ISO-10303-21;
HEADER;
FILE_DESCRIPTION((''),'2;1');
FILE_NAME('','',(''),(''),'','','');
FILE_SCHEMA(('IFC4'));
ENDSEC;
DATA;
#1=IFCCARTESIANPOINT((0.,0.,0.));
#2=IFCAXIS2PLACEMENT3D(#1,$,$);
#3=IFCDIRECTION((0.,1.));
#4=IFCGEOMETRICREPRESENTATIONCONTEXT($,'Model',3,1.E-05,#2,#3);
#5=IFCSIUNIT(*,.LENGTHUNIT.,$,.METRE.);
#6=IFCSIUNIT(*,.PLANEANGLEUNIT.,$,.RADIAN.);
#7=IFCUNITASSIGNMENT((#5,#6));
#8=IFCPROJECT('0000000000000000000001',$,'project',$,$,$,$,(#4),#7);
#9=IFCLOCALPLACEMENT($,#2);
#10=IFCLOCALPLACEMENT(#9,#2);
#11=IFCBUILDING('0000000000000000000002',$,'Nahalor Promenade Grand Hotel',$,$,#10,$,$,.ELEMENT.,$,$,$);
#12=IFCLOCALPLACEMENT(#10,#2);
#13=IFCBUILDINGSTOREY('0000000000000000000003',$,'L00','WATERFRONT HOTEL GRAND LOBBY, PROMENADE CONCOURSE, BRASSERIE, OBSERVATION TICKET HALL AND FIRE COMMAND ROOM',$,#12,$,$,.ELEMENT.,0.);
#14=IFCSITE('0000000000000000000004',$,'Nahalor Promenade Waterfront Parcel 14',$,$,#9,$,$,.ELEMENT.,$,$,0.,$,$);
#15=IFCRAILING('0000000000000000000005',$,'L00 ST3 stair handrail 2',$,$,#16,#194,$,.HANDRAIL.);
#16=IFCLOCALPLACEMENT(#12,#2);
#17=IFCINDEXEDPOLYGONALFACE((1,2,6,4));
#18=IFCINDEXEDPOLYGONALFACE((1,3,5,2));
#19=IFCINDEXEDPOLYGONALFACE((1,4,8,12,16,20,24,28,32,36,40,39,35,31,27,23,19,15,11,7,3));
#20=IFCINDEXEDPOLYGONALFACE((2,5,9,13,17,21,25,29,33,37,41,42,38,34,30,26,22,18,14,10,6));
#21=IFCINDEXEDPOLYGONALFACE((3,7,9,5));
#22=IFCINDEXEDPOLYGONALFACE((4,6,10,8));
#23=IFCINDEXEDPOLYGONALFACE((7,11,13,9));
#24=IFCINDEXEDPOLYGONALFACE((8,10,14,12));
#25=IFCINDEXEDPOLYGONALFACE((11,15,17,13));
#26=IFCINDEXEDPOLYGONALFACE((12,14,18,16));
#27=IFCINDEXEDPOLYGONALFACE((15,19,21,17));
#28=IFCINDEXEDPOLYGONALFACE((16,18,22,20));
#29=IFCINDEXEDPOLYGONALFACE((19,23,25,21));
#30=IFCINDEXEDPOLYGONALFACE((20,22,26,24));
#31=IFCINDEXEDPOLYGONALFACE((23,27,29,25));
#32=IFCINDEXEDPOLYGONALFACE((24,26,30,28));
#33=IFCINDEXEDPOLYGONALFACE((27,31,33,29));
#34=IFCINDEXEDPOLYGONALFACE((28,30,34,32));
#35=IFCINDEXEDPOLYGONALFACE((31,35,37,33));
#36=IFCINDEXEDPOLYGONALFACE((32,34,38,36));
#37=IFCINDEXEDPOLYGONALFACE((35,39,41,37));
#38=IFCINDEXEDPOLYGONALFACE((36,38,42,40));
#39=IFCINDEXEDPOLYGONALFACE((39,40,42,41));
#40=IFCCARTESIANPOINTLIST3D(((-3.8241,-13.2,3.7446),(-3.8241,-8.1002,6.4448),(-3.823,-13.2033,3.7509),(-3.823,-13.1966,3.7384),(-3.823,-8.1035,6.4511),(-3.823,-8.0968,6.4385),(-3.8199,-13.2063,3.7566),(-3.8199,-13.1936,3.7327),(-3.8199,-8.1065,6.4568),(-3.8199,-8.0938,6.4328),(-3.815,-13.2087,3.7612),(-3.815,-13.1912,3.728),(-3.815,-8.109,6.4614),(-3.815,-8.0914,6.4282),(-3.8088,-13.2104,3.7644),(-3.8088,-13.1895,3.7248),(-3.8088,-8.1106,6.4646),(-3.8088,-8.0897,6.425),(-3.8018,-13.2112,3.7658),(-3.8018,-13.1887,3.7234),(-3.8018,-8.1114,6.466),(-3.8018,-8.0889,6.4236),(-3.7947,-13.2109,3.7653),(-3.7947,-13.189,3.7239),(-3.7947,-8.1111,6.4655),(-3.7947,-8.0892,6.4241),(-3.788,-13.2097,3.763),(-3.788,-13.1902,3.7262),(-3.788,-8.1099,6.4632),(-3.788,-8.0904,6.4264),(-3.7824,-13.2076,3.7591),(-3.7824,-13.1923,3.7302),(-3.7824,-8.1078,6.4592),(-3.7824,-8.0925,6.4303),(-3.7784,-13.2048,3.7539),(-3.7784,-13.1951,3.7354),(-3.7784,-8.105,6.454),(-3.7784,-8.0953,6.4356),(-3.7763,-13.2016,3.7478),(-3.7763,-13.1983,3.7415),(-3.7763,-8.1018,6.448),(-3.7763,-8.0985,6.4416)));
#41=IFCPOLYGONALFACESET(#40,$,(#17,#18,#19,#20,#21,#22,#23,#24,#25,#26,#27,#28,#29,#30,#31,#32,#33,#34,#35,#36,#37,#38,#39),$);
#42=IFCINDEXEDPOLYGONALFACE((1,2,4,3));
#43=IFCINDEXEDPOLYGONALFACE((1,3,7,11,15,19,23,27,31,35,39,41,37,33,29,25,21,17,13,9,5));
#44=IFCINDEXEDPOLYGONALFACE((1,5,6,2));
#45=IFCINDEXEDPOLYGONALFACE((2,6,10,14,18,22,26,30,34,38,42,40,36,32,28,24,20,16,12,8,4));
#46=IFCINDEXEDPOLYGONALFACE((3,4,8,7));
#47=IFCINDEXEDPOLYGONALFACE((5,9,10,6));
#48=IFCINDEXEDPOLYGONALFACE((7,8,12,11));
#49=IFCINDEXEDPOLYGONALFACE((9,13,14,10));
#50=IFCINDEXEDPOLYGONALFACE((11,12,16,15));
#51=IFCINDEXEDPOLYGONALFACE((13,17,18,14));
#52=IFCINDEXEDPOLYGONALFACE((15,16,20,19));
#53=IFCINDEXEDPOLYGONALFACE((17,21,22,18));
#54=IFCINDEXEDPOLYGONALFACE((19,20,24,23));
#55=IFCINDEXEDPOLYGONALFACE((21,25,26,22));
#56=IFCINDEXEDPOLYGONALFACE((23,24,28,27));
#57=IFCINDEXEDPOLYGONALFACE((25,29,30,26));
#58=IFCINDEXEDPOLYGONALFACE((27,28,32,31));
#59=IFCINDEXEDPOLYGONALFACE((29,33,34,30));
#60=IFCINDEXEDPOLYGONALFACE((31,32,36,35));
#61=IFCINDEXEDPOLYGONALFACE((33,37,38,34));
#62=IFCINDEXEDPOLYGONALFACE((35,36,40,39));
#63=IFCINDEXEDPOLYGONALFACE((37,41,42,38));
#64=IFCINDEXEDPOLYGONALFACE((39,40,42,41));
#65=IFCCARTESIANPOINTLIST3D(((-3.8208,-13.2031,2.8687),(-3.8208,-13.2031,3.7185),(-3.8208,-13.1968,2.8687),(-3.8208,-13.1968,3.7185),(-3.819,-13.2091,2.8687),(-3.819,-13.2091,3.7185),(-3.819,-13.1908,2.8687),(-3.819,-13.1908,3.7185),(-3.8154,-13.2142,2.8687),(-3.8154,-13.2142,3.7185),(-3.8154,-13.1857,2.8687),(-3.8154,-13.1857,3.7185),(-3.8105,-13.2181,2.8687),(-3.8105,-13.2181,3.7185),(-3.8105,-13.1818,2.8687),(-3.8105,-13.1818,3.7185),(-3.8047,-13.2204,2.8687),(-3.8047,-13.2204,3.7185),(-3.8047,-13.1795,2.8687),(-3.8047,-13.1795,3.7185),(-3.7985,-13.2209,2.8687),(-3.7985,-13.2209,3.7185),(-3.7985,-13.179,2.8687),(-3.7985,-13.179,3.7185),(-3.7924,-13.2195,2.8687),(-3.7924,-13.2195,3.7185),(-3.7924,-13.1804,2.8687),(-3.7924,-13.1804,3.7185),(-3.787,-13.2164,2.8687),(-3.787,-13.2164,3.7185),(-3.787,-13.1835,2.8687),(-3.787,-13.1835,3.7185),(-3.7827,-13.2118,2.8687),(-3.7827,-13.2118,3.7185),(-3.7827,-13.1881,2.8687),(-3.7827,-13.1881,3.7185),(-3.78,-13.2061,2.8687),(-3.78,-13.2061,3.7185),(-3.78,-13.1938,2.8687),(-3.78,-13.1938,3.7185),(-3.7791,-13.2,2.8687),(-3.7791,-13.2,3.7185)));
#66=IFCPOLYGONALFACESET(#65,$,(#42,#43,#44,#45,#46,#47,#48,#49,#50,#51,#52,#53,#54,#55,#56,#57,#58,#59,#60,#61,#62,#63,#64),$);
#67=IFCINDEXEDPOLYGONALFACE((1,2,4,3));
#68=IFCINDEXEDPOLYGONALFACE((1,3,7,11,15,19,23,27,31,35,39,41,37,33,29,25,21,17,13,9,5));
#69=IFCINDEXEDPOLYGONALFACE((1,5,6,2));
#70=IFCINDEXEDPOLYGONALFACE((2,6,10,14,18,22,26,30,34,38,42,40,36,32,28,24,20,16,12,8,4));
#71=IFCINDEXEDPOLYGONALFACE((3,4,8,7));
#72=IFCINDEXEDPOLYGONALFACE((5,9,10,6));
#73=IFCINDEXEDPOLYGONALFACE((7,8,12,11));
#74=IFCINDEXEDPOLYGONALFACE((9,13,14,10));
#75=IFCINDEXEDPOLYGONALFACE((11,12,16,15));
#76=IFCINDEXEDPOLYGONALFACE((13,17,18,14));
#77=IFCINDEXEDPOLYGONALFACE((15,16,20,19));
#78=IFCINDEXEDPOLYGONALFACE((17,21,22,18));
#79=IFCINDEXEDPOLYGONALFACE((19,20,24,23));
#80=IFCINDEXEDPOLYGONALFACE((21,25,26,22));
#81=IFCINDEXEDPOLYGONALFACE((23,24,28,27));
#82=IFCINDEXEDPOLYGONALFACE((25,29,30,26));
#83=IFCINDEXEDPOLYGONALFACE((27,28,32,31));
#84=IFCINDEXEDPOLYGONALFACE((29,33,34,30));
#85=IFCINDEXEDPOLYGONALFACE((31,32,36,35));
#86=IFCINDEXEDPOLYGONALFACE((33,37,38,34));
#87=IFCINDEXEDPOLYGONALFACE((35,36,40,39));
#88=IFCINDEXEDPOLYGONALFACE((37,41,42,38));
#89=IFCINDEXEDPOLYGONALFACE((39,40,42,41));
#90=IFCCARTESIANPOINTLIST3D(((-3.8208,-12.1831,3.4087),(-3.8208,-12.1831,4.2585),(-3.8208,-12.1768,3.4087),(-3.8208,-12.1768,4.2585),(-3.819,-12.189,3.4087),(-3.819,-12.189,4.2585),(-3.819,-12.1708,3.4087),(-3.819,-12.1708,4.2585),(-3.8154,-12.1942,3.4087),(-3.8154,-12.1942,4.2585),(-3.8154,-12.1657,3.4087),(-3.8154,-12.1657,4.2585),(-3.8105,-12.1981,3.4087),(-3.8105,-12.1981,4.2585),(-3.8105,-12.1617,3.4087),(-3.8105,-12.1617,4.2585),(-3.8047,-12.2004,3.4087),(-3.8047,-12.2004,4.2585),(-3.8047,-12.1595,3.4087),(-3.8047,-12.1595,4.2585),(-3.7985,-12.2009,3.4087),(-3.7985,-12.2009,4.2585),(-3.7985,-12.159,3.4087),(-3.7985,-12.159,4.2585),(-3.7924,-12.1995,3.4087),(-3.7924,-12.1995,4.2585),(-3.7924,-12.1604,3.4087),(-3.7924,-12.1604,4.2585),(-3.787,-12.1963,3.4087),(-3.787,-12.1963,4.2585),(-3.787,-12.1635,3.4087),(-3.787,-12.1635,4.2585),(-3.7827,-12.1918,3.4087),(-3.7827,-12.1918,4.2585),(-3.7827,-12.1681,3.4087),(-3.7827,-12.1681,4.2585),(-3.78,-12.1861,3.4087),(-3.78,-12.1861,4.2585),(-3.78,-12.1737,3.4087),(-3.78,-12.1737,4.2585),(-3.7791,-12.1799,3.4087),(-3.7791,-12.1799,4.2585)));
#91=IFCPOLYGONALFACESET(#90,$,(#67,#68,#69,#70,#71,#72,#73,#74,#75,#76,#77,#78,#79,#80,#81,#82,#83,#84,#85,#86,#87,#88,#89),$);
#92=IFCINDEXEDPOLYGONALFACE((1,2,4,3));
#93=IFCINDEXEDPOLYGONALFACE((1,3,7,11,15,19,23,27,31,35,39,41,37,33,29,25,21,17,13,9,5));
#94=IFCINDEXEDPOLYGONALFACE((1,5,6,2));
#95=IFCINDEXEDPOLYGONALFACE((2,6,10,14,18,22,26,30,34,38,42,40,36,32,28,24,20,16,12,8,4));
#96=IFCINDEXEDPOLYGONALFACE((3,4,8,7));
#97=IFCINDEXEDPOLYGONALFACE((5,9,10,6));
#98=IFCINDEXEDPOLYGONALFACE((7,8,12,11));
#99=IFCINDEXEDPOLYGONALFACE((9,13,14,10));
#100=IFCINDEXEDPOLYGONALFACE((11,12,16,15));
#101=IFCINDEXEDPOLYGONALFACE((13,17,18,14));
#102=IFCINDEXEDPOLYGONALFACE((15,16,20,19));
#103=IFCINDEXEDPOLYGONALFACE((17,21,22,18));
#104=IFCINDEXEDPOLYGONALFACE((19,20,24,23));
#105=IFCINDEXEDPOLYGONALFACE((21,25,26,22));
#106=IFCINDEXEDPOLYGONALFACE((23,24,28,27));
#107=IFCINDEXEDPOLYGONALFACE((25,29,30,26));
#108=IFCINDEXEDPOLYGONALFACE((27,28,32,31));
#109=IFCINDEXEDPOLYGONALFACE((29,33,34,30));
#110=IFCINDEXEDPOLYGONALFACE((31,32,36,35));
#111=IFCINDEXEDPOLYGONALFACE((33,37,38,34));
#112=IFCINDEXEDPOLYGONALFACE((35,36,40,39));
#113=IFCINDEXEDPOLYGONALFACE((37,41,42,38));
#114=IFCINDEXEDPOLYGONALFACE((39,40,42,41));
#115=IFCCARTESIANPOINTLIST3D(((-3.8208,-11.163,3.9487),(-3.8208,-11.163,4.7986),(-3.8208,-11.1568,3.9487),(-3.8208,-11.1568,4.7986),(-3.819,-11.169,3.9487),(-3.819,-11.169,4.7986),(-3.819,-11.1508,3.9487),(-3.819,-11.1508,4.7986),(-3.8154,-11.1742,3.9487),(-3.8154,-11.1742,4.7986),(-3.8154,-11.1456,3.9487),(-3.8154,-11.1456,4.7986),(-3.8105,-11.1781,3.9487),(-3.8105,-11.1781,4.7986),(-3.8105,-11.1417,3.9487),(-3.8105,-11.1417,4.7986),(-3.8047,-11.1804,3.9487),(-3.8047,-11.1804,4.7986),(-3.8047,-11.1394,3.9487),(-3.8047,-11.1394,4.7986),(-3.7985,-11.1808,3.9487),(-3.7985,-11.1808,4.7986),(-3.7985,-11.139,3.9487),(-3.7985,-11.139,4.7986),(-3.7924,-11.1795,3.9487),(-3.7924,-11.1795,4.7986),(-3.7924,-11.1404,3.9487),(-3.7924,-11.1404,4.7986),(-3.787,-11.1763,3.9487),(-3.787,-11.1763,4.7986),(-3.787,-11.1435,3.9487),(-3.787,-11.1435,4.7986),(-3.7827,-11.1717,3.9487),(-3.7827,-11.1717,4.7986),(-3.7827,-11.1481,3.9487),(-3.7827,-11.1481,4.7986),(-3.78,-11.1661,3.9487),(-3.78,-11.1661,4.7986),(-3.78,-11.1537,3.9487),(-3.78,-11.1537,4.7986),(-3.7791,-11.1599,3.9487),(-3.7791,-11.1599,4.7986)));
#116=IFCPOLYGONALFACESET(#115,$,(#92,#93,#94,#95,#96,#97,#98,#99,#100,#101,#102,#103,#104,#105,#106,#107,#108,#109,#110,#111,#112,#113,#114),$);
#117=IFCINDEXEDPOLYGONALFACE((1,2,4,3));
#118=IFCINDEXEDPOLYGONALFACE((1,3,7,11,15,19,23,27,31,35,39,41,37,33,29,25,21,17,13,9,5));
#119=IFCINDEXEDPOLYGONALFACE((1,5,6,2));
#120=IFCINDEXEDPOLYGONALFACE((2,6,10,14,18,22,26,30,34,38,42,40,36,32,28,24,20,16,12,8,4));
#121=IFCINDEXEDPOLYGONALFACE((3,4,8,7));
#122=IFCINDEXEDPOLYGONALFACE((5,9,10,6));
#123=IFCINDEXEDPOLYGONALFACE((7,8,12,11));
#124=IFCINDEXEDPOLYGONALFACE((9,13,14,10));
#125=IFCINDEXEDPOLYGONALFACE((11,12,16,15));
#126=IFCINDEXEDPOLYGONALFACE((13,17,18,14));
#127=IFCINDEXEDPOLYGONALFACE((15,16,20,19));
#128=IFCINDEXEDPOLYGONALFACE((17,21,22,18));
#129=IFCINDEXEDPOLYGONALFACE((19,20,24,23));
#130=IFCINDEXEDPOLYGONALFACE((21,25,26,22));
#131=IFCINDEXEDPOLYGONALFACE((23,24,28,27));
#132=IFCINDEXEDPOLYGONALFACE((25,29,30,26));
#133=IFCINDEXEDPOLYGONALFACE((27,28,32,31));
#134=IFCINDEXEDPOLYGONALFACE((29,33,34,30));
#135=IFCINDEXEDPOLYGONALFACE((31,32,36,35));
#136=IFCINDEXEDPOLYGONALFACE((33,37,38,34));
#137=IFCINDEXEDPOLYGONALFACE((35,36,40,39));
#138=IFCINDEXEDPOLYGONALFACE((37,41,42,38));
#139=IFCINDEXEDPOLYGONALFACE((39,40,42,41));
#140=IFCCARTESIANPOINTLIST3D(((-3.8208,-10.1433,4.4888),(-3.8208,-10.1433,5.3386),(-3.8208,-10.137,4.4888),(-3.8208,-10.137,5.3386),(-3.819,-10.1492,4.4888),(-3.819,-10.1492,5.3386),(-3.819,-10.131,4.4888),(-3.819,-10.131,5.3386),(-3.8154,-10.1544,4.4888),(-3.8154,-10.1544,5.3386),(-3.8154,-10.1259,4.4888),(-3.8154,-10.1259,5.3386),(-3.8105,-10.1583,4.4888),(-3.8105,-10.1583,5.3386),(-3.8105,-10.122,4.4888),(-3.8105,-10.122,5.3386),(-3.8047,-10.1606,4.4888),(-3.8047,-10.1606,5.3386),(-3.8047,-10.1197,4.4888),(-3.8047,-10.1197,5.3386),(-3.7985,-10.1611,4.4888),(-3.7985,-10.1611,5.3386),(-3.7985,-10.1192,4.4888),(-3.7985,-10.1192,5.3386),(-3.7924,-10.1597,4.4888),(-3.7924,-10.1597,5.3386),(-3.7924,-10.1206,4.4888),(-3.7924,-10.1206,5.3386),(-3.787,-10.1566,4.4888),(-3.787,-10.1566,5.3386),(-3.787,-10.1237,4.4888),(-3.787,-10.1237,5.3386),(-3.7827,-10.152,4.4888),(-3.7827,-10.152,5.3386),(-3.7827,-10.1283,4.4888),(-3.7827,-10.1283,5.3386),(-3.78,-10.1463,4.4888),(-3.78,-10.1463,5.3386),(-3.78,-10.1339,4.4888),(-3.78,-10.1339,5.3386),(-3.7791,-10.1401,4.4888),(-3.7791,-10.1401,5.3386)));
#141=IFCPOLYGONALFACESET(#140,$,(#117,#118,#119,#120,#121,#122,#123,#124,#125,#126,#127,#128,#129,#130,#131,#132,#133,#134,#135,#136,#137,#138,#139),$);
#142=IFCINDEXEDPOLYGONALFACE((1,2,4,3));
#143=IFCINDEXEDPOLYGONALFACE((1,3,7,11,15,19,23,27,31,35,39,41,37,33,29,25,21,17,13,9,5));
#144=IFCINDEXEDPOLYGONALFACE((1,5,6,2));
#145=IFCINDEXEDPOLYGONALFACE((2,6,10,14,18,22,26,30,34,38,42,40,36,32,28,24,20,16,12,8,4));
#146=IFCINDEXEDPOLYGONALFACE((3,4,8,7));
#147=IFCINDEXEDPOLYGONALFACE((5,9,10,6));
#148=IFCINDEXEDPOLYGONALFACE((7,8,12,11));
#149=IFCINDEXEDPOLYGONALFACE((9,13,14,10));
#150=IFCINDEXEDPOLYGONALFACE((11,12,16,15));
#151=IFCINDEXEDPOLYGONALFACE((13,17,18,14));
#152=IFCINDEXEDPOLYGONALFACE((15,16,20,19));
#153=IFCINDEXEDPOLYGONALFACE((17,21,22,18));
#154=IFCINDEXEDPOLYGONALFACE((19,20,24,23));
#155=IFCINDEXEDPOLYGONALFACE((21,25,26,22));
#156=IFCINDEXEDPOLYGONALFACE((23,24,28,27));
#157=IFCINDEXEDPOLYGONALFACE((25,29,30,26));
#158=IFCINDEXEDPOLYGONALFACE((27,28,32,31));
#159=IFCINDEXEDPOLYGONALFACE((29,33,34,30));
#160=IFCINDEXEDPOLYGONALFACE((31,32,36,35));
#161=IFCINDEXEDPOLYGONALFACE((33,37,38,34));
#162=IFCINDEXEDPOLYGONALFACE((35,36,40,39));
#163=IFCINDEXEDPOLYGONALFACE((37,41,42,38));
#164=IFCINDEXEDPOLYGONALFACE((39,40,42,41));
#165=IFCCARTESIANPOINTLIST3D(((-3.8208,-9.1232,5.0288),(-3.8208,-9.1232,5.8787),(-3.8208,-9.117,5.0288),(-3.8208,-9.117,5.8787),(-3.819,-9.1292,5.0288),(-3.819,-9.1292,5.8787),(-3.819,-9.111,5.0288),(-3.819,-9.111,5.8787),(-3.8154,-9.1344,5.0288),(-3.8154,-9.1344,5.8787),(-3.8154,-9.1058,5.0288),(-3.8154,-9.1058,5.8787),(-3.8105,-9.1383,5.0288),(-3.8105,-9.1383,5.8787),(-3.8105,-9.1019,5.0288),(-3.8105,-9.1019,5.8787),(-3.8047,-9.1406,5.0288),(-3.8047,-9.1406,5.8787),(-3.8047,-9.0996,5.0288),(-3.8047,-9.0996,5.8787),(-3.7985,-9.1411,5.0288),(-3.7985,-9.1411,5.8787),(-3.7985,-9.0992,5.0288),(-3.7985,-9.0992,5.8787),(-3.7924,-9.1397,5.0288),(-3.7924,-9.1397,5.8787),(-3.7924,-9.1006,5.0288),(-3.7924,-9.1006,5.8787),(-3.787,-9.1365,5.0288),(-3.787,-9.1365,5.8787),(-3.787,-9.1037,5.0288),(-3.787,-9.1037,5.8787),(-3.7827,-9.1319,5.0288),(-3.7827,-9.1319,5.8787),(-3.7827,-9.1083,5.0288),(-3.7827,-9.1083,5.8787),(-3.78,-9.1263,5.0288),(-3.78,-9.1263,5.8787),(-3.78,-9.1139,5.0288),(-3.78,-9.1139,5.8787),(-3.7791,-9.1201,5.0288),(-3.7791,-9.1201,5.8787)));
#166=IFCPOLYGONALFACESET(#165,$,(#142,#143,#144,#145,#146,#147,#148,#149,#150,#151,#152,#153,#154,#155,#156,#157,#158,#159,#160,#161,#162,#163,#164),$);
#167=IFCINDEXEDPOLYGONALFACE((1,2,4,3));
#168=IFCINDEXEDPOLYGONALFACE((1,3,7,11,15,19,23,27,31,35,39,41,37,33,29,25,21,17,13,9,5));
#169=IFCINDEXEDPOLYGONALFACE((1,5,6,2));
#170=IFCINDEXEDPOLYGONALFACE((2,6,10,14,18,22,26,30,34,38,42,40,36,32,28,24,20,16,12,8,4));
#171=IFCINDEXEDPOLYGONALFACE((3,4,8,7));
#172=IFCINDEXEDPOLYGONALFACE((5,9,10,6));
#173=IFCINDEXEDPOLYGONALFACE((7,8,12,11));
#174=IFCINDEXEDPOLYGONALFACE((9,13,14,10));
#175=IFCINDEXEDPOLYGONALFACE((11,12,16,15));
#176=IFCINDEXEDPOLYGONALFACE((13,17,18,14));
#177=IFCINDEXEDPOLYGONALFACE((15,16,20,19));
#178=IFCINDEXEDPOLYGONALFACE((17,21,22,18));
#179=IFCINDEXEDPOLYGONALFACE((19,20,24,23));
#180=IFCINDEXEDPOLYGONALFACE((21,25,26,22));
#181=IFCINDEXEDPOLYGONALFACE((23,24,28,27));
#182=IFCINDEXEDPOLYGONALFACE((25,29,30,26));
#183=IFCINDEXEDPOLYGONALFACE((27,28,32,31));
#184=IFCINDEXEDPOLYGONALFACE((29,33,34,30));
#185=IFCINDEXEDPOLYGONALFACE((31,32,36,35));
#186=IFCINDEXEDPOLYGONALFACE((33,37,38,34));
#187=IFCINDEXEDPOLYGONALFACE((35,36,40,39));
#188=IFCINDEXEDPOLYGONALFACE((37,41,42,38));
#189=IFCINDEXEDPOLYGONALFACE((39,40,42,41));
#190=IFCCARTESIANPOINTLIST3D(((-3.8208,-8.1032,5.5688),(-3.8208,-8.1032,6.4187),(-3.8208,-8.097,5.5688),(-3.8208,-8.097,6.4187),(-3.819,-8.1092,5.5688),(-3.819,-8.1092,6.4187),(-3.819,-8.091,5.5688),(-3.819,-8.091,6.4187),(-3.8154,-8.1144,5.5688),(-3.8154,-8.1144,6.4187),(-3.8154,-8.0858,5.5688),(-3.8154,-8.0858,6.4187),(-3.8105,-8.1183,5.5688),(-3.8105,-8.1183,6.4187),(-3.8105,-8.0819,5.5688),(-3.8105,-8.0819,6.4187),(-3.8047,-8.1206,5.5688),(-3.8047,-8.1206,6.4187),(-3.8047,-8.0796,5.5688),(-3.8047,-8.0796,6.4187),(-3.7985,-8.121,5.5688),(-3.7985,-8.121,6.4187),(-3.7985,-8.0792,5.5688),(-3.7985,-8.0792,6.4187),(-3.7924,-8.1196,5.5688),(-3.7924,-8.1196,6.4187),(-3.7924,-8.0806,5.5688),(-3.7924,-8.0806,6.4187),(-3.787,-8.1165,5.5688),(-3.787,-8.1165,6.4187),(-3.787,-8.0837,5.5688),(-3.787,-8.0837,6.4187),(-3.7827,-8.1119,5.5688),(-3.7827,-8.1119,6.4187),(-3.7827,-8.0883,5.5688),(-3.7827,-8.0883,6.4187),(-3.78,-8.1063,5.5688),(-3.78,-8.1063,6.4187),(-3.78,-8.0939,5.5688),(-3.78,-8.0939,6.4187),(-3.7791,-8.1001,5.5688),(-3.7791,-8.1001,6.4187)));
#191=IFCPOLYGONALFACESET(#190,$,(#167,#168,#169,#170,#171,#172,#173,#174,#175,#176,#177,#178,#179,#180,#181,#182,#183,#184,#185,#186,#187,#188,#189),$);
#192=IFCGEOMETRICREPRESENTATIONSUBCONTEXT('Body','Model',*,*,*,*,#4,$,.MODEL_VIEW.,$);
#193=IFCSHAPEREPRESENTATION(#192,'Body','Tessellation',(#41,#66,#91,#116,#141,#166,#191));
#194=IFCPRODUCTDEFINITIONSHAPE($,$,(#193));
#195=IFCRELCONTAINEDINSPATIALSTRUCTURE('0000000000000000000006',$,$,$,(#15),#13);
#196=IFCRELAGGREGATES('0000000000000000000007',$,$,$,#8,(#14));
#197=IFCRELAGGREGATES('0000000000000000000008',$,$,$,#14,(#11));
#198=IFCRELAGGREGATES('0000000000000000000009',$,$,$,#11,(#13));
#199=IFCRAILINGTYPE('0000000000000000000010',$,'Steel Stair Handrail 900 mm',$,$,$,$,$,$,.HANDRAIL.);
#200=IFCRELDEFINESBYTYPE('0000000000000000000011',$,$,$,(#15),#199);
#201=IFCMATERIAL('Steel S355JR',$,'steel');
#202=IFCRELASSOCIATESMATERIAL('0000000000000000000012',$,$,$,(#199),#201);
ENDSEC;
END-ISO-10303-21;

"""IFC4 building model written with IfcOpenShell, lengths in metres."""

from ifc_helpers import new_model, si_unit, direction, frame, origin, origin_2d, place, context, subcontext, project, spatial, circle, extrude, material, type_object, element, save


model = new_model("IFC4")

# Units and contexts
model_context = context("Model", 3, precision=1e-05, world=origin(), true_north=direction((0.0, 1.0)))
body_context = subcontext(model_context, "Body", "Model", "MODEL_VIEW")
ifc_project = project(units=[si_unit("LENGTHUNIT", "METRE"), si_unit("PLANEANGLEUNIT", "RADIAN")], contexts=[model_context])

# Site, building, storey
site_placement = place(None, origin())
site = spatial("IfcSite", under=ifc_project, at=site_placement, Name="Nahalor Promenade Waterfront Parcel 14", CompositionType="ELEMENT", RefElevation=0.0)
building_placement = place(site_placement, origin())
building = spatial("IfcBuilding", under=site, at=building_placement, Name="Nahalor Promenade Grand Hotel", CompositionType="ELEMENT")
storey_placement = place(building_placement, origin())
storey = spatial("IfcBuildingStorey", under=building, at=storey_placement, Name="L00", Description="WATERFRONT HOTEL GRAND LOBBY, PROMENADE CONCOURSE, BRASSERIE, OBSERVATION TICKET HALL AND FIRE COMMAND ROOM", CompositionType="ELEMENT", Elevation=0.0)

# Shared definitions
ifc_material_1 = material(Name="Steel S355JR", Category="steel")

# Railing
railing_type_1 = type_object("IfcRailingType", Name="Steel Stair Handrail 900 mm", PredefinedType="HANDRAIL", material=ifc_material_1)
railing_1_placement = place(storey_placement, frame((-3.8, -13.2, 2.8687)))
element("IfcRailing", 1, at=railing_1_placement, inside=storey, type_object=railing_type_1, Name="L00 ST3 stair handrail 2", PredefinedType="HANDRAIL", context=body_context, shape_type="SweptSolid", body=[
    extrude(circle(Radius=0.024, at=origin_2d()), frame((0.0, 0.0, 0.876), z_axis=(0.0, 0.883768, 0.467925), x_axis=(-1.0, 0.0, 0.0)), (0.0, 0.0, 1.0), 5.7705),
    extrude(circle(Radius=0.021, at=origin_2d()), origin(), (0.0, 0.0, 1.0), 0.8499),
    extrude(circle(Radius=0.021, at=origin_2d()), frame((0.0, 1.02, 0.54)), (0.0, 0.0, 1.0), 0.8499),
    extrude(circle(Radius=0.021, at=origin_2d()), frame((0.0, 2.04, 1.0801)), (0.0, 0.0, 1.0), 0.8499),
    extrude(circle(Radius=0.021, at=origin_2d()), frame((0.0, 3.0598, 1.6201)), (0.0, 0.0, 1.0), 0.8499),
    extrude(circle(Radius=0.021, at=origin_2d()), frame((0.0, 4.0798, 2.1602)), (0.0, 0.0, 1.0), 0.8499),
    extrude(circle(Radius=0.021, at=origin_2d()), frame((0.0, 5.0999, 2.7002)), (0.0, 0.0, 1.0), 0.8499),
])

save(model, "model.ifc")
